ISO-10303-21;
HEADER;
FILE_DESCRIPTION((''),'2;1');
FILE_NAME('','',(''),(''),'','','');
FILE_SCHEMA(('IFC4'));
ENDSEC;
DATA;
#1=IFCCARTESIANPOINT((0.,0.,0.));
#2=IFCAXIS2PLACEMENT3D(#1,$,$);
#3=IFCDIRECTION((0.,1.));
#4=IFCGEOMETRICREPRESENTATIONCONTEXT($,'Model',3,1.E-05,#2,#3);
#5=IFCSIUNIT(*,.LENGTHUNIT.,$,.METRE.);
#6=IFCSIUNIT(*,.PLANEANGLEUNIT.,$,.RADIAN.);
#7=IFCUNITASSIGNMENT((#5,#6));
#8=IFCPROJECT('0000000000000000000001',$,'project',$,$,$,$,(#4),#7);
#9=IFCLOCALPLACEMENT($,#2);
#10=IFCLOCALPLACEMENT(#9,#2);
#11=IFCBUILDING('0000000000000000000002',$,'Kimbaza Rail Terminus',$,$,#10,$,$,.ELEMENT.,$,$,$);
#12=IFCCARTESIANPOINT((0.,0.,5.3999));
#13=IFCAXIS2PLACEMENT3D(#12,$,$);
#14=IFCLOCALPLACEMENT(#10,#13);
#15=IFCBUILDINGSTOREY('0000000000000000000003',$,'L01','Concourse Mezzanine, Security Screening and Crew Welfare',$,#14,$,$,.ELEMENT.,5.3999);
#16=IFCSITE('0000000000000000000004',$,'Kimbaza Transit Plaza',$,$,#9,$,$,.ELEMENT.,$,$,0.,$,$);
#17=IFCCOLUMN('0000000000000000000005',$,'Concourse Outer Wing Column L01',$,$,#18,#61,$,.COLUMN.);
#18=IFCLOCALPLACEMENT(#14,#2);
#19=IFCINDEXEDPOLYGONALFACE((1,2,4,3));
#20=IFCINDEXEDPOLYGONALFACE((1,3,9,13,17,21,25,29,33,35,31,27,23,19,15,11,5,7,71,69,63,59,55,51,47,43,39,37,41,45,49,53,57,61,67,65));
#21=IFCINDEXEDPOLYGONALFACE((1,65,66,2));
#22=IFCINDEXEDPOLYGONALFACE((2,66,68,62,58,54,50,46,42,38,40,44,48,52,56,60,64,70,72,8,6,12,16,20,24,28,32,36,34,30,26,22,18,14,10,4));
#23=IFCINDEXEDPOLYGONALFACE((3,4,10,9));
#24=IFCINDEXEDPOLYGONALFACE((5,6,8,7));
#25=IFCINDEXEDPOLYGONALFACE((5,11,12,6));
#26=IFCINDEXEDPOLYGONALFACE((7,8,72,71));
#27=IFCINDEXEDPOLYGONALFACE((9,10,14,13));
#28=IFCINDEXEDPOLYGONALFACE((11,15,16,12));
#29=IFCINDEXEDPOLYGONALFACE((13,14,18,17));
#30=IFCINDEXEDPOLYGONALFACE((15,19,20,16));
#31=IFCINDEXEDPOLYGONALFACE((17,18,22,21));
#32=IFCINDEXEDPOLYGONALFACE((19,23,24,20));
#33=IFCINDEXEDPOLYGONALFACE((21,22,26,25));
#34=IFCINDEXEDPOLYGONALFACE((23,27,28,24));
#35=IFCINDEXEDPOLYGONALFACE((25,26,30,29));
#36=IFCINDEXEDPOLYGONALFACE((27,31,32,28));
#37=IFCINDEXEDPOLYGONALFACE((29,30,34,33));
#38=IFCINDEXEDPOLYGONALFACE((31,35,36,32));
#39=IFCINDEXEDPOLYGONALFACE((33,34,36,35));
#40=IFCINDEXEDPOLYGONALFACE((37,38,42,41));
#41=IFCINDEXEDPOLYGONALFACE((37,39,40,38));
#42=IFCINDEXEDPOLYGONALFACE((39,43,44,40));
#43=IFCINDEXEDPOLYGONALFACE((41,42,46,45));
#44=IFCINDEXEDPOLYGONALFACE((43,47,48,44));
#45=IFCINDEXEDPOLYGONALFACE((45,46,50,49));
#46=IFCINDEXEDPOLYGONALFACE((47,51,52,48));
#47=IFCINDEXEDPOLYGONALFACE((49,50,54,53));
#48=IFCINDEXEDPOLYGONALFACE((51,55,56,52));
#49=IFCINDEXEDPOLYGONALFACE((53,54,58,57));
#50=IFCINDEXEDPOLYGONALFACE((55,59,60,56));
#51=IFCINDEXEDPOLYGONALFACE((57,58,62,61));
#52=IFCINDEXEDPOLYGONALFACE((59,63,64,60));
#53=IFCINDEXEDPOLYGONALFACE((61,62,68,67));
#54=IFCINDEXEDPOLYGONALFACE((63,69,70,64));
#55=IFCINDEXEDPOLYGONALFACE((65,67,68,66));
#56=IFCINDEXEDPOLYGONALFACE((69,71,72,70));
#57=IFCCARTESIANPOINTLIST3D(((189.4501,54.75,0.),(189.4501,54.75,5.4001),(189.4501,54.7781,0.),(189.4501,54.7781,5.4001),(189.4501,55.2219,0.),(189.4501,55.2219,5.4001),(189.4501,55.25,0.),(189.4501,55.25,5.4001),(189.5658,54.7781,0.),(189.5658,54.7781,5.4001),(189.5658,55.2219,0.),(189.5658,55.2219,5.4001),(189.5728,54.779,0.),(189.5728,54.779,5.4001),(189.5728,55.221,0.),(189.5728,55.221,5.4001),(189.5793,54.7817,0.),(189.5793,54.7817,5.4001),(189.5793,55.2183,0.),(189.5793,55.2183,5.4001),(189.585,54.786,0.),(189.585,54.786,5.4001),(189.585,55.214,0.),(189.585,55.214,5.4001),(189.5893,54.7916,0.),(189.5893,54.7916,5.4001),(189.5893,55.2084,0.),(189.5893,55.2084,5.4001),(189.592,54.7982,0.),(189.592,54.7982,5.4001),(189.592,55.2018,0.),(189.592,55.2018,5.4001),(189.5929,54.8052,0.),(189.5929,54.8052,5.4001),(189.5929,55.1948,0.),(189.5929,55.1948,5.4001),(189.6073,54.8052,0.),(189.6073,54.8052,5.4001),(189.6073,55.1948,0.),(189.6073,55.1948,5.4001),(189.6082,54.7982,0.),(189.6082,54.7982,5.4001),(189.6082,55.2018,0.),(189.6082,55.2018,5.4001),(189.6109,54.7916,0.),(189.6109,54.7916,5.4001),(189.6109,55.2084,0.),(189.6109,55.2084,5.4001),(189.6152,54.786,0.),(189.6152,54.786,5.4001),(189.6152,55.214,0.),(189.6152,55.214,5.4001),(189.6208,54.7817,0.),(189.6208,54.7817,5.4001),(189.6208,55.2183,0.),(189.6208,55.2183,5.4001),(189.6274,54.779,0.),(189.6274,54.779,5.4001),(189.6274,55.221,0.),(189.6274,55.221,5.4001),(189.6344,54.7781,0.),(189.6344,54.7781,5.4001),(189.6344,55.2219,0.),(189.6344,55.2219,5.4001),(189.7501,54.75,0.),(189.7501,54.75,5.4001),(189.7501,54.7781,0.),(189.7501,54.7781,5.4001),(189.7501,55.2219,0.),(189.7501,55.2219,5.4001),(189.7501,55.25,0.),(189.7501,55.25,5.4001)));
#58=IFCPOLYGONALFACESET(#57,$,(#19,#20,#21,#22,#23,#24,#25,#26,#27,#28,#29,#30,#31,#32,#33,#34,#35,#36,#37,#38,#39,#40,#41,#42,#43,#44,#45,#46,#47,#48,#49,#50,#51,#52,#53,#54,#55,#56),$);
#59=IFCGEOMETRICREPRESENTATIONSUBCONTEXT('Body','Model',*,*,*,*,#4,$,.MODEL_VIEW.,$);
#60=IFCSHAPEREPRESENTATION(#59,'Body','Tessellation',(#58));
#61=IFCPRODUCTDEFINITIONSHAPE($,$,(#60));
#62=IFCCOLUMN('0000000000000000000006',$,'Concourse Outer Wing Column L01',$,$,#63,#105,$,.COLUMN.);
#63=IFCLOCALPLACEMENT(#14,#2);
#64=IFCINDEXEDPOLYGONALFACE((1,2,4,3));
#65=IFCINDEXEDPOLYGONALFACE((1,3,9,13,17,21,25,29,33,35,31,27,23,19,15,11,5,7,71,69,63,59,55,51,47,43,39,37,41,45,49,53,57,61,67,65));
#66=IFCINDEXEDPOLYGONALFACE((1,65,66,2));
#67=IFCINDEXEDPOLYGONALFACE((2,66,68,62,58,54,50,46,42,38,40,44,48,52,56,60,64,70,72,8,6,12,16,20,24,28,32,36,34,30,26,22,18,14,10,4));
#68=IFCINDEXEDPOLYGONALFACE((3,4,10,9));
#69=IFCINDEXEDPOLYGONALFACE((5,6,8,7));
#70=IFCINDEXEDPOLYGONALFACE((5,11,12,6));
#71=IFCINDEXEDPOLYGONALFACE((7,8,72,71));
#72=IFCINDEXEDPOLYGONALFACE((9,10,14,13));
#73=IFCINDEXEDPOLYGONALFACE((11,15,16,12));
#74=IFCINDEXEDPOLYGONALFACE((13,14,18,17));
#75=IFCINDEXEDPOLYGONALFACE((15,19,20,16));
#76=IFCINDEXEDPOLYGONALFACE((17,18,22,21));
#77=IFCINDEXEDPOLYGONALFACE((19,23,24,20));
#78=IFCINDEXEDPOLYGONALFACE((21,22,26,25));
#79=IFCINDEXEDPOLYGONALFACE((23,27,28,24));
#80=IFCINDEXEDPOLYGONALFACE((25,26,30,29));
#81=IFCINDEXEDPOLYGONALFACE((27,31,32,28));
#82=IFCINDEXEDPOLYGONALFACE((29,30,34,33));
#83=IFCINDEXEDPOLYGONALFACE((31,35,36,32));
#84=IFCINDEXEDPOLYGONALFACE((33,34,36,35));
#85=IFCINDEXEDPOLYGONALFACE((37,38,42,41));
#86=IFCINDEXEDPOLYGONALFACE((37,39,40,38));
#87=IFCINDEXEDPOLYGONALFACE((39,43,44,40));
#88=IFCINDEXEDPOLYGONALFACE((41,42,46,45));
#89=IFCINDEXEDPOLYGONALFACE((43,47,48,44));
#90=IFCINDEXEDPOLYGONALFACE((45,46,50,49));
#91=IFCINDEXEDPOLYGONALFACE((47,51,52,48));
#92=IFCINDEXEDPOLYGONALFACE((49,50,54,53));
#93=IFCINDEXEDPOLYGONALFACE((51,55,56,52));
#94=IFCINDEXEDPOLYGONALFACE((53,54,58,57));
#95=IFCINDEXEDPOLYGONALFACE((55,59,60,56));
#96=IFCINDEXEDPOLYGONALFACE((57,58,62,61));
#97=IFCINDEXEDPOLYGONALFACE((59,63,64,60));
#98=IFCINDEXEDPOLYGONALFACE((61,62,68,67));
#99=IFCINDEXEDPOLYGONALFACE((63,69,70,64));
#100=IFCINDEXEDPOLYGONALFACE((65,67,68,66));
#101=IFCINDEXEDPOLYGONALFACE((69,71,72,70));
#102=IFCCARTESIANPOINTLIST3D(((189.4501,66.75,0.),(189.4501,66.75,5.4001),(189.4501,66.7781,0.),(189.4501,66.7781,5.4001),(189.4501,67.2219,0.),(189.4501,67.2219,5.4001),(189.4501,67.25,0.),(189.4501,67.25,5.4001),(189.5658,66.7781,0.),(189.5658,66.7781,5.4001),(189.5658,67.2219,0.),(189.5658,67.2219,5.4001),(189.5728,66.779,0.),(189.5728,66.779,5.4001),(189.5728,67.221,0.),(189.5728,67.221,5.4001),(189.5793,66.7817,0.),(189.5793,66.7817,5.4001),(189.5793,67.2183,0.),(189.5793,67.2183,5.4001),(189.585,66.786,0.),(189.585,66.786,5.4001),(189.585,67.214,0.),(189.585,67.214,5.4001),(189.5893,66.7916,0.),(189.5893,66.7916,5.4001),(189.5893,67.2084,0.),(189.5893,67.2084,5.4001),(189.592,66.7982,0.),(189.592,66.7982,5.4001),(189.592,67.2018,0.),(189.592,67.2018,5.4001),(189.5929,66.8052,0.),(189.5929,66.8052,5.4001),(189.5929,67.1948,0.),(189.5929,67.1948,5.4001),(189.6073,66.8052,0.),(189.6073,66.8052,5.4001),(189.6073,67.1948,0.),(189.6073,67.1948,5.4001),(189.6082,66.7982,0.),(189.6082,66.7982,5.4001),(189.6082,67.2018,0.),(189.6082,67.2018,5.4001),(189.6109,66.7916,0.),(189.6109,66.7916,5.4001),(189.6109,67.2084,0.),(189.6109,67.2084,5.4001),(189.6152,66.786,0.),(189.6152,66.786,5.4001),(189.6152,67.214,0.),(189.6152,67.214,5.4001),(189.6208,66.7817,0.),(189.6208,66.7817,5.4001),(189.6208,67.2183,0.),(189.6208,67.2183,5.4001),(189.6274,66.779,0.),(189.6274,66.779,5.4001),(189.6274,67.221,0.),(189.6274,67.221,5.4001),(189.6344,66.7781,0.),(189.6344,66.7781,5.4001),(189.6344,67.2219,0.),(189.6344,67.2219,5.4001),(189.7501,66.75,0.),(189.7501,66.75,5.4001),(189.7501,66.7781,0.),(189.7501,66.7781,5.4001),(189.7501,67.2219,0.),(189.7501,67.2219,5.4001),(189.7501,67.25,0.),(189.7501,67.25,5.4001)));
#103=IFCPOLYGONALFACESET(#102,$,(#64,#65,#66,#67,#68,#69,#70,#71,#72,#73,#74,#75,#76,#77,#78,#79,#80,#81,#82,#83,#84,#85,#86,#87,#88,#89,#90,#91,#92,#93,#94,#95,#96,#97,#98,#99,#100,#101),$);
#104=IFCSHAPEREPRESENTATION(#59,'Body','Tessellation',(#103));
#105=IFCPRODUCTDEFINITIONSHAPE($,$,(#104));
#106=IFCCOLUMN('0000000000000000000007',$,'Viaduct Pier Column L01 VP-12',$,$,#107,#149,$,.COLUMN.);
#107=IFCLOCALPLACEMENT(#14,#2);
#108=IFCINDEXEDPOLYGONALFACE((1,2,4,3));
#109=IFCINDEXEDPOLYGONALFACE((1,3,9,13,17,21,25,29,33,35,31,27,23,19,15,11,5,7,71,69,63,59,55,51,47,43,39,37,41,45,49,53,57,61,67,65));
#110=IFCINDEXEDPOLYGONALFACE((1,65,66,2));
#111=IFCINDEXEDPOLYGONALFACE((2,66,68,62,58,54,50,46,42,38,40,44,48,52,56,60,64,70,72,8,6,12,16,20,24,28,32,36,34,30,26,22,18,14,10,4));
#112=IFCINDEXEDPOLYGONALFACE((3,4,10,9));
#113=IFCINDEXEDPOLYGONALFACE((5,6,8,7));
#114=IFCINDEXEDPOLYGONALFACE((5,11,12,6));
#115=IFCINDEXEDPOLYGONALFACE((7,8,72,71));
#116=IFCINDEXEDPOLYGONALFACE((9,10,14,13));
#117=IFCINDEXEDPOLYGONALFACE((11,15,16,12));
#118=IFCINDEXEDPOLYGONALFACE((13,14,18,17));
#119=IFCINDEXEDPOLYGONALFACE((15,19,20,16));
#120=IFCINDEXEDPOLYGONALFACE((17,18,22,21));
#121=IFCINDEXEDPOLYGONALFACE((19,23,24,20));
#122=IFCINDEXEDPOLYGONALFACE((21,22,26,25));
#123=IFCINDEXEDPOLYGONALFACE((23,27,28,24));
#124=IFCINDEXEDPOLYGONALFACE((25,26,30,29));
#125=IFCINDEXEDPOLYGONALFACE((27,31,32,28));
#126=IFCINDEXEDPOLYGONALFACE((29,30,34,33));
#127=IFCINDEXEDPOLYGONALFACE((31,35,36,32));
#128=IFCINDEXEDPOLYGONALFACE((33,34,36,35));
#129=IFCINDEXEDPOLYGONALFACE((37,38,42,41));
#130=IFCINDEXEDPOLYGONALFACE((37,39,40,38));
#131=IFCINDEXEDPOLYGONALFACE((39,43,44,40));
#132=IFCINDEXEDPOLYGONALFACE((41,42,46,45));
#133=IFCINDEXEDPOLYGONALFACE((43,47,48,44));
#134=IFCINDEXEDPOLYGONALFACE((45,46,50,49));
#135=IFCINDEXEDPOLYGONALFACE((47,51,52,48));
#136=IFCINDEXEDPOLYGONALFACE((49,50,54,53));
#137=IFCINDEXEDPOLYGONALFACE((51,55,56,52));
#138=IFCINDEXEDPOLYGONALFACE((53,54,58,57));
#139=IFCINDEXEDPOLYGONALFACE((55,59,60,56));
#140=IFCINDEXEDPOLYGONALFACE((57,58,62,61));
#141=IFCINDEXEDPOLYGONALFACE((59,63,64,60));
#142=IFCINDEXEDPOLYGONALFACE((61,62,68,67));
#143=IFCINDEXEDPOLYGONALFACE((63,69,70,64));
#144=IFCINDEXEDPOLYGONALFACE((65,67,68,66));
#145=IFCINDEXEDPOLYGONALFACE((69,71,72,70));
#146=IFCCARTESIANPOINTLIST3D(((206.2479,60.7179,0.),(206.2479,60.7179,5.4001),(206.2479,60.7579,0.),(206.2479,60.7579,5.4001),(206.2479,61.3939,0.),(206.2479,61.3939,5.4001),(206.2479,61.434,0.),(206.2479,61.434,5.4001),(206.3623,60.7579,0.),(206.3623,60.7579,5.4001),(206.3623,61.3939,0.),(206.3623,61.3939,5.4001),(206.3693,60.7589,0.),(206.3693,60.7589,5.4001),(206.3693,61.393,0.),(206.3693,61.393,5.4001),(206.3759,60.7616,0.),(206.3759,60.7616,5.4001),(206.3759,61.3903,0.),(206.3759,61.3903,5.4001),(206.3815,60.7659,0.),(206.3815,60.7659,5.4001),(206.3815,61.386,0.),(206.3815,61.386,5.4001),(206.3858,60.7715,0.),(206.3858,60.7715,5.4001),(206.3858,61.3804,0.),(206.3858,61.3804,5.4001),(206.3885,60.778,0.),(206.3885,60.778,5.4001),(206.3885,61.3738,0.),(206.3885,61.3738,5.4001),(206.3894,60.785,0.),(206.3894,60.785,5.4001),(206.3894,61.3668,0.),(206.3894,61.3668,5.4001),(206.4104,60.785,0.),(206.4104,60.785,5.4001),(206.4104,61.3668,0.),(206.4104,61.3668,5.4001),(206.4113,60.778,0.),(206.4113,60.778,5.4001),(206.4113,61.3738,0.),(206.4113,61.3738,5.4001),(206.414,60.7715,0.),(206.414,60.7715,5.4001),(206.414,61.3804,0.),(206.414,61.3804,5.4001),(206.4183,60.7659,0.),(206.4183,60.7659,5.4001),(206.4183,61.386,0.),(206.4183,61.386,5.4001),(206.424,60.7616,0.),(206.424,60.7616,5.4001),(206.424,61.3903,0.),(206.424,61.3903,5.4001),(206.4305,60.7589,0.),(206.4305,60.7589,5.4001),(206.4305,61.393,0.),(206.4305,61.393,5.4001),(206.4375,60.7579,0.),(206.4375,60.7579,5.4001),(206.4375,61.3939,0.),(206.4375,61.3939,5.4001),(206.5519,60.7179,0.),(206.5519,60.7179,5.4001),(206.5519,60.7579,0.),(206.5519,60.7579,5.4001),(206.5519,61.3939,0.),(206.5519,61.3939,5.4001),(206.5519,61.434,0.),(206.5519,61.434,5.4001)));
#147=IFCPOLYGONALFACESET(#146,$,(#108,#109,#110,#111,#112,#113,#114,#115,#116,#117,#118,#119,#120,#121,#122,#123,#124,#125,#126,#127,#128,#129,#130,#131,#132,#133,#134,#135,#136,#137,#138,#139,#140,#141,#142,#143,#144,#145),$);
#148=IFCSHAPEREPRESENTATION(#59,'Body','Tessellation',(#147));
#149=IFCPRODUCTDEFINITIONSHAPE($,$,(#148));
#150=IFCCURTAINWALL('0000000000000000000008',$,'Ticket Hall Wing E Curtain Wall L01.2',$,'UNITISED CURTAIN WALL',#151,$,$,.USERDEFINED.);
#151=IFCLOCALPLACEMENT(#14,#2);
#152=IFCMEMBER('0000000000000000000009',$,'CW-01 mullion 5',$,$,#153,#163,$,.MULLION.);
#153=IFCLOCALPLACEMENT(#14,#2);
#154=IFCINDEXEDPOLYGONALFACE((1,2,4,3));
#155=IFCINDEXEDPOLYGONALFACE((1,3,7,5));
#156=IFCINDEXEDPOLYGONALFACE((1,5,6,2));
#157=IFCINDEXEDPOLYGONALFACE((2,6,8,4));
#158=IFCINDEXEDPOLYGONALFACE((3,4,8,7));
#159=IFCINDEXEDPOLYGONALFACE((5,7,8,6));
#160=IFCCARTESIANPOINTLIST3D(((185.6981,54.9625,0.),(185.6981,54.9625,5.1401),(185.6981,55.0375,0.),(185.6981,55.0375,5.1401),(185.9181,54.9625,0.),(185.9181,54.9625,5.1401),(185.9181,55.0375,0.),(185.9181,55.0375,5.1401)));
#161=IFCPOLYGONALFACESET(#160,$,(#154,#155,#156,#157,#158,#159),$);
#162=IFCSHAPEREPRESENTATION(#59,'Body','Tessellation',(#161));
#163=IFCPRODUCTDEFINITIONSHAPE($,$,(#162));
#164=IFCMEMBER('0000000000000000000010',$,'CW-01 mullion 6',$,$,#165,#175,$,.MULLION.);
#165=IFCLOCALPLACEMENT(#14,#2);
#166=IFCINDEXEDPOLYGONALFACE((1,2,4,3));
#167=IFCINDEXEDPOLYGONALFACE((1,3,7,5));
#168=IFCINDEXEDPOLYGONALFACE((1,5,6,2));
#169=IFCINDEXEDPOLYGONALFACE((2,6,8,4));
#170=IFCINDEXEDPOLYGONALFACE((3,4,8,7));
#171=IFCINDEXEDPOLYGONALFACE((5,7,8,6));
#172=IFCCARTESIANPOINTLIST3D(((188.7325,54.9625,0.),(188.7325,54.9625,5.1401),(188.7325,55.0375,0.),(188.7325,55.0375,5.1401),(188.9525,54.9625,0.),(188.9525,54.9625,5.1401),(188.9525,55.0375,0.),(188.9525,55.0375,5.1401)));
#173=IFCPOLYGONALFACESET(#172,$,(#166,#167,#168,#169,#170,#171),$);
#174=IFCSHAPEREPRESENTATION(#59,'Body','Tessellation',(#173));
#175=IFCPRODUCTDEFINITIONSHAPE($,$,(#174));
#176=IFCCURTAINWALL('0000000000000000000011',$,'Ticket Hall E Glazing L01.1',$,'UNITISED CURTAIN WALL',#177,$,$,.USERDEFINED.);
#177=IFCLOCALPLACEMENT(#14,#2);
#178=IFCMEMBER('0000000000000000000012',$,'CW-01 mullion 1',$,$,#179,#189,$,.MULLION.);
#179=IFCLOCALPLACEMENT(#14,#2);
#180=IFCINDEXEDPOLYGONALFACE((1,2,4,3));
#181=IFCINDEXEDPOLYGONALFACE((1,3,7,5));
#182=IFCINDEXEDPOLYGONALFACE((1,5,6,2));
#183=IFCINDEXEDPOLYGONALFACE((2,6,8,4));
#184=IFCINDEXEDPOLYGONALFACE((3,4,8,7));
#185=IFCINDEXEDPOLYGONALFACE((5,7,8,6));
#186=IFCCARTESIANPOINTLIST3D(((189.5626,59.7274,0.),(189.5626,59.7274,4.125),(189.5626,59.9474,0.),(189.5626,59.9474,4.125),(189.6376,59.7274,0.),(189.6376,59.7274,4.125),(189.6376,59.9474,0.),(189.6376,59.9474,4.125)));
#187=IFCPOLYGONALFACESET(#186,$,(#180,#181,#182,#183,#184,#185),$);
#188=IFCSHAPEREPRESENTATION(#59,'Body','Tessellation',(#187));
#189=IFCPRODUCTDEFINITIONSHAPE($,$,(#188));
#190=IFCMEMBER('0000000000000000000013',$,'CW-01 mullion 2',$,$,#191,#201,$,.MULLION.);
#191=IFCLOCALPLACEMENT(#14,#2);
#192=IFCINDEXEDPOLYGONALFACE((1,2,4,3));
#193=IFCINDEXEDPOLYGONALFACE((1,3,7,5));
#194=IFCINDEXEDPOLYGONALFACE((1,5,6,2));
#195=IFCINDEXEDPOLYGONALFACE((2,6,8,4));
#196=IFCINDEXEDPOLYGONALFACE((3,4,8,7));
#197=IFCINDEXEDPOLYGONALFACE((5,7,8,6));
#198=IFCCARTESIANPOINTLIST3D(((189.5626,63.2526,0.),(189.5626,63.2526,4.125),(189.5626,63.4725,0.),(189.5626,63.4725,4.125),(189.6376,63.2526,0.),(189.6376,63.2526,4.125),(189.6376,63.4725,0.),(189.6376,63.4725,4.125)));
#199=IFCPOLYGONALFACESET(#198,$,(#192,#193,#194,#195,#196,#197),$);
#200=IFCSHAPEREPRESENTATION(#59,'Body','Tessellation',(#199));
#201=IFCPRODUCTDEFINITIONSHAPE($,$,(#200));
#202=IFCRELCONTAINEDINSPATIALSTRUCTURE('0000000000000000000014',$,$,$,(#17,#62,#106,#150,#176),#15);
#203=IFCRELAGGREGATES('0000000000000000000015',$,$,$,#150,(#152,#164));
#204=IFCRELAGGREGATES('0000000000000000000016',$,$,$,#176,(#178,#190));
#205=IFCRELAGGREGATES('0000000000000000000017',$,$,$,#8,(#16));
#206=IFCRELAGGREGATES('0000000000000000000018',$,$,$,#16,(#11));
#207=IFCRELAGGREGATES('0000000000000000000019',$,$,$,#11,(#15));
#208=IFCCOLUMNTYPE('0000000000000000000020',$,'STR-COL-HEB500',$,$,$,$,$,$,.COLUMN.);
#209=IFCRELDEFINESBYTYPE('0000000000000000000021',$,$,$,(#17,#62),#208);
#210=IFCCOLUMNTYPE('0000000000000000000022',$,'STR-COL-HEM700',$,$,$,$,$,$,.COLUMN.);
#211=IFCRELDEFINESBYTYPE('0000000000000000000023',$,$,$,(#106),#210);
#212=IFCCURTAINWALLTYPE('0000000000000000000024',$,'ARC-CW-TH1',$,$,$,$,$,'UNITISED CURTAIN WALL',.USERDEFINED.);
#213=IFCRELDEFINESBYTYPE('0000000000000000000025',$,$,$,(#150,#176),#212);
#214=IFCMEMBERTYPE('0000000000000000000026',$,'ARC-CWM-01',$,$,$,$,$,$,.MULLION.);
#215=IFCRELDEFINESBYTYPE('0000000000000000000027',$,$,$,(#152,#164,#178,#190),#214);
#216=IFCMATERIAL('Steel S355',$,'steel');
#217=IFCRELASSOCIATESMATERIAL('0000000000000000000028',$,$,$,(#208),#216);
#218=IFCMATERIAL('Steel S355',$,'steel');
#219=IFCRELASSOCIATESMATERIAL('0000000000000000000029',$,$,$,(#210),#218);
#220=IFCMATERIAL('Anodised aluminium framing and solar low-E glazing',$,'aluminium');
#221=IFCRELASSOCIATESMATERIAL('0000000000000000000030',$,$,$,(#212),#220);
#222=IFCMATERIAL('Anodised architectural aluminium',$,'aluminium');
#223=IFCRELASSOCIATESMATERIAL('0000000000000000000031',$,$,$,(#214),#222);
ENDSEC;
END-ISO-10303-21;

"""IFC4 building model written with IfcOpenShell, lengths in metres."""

from ifc_helpers import new_model, si_unit, direction, frame, origin, origin_2d, place, context, subcontext, project, spatial, rectangle, i_section, extrude, material, material_profile, profile_set, type_object, element, aggregate, save


model = new_model("IFC4")

# Units and contexts
model_context = context("Model", 3, precision=1e-05, world=origin(), true_north=direction((0.0, 1.0)))
body_context = subcontext(model_context, "Body", "Model", "MODEL_VIEW")
ifc_project = project(units=[si_unit("LENGTHUNIT", "METRE"), si_unit("PLANEANGLEUNIT", "RADIAN")], contexts=[model_context])

# Site, building, storey
site_placement = place(None, origin())
site = spatial("IfcSite", under=ifc_project, at=site_placement, Name="Kimbaza Transit Plaza", CompositionType="ELEMENT", RefElevation=0.0)
building_placement = place(site_placement, origin())
building = spatial("IfcBuilding", under=site, at=building_placement, Name="Kimbaza Rail Terminus", CompositionType="ELEMENT")
storey_placement = place(building_placement, frame((0.0, 0.0, 5.3999)))
storey = spatial("IfcBuildingStorey", under=building, at=storey_placement, Name="L01", Description="Concourse Mezzanine, Security Screening and Crew Welfare", CompositionType="ELEMENT", Elevation=5.3999)

# Columns
ifc_material_1 = material(Name="Steel S355", Category="steel")
ifc_material_profile_1 = material_profile(ifc_material_1, i_section(OverallWidth=0.3, OverallDepth=0.5, WebThickness=0.0144, FlangeThickness=0.0281, FilletRadius=0.0271, at=origin_2d()), Name="HEB 500")
ifc_profile_set_1 = profile_set([ifc_material_profile_1], Name="Steel S355")
column_type_1 = type_object("IfcColumnType", Name="STR-COL-HEB500", PredefinedType="COLUMN", material=ifc_profile_set_1)
for number, where, z_axis, x_axis, name in (
    (1, (189.6001, 55.0, 0.0), (0.0, 0.0, 1.0), (1.0, 0.0, 0.0), "Concourse Outer Wing Column L01"),
    (2, (189.6001, 67.0, 0.0), (0.0, 0.0, 1.0), (1.0, 0.0, 0.0), "Concourse Outer Wing Column L01"),
):
    element("IfcColumn", number, at=place(storey_placement, frame(where, z_axis=z_axis, x_axis=x_axis)), inside=storey, type_object=column_type_1, Name=name, PredefinedType="COLUMN", context=body_context, shape_type="SweptSolid", body=[
        extrude(i_section(OverallWidth=0.3, OverallDepth=0.5, WebThickness=0.0144, FlangeThickness=0.0281, FilletRadius=0.0271, at=origin_2d()), origin(), (0.0, 0.0, 1.0), 5.4001),
    ])
ifc_material_2 = material(Name="Steel S355", Category="steel")
ifc_material_profile_2 = material_profile(ifc_material_2, i_section(OverallWidth=0.304, OverallDepth=0.7161, WebThickness=0.021, FlangeThickness=0.04, FilletRadius=0.0271, at=origin_2d()), Name="HEM 700")
ifc_profile_set_2 = profile_set([ifc_material_profile_2], Name="Steel S355")
column_type_2 = type_object("IfcColumnType", Name="STR-COL-HEM700", PredefinedType="COLUMN", material=ifc_profile_set_2)
column_placement = place(storey_placement, frame((206.3999, 61.0759, 0.0), z_axis=(0.0, 0.0, 1.0), x_axis=(1.0, 0.0, 0.0)))
element("IfcColumn", 3, at=column_placement, inside=storey, type_object=column_type_2, Name="Viaduct Pier Column L01 VP-12", PredefinedType="COLUMN", context=body_context, shape_type="SweptSolid", body=[
    extrude(i_section(OverallWidth=0.304, OverallDepth=0.7161, WebThickness=0.021, FlangeThickness=0.04, FilletRadius=0.0271, at=origin_2d()), origin(), (0.0, 0.0, 1.0), 5.4001),
])

# Curtain walls, members
ifc_material_3 = material(Name="Anodised aluminium framing and solar low-E glazing", Category="aluminium")
curtain_wall_type = type_object("IfcCurtainWallType", Name="ARC-CW-TH1", ElementType="UNITISED CURTAIN WALL", PredefinedType="USERDEFINED", material=ifc_material_3)
curtain_wall_1_placement = place(storey_placement, origin())
curtain_wall_1 = element("IfcCurtainWall", 4, at=curtain_wall_1_placement, inside=storey, type_object=curtain_wall_type, Name="Ticket Hall Wing E Curtain Wall L01.2", ObjectType="UNITISED CURTAIN WALL", PredefinedType="USERDEFINED")
ifc_material_4 = material(Name="Anodised architectural aluminium", Category="aluminium")
ifc_material_profile_3 = material_profile(ifc_material_4, rectangle(XDim=0.075, YDim=0.22, at=origin_2d()), Name="MULLION 75x220")
ifc_profile_set_3 = profile_set([ifc_material_profile_3], Name="Anodised architectural aluminium")
member_type_1 = type_object("IfcMemberType", Name="ARC-CWM-01", PredefinedType="MULLION", material=ifc_profile_set_3)
member_1_placement = place(storey_placement, frame((185.8081, 55.0, 0.0), z_axis=(0.0, 0.0, 1.0), x_axis=(0.0, 1.0, 0.0)))
member_1 = element("IfcMember", 5, at=member_1_placement, type_object=member_type_1, Name="CW-01 mullion 5", PredefinedType="MULLION", context=body_context, shape_type="SweptSolid", body=[
    extrude(rectangle(XDim=0.075, YDim=0.22, at=origin_2d()), origin(), (0.0, 0.0, 1.0), 5.1401),
])
member_2_placement = place(storey_placement, frame((188.8425, 55.0, 0.0), z_axis=(0.0, 0.0, 1.0), x_axis=(0.0, 1.0, 0.0)))
member_2 = element("IfcMember", 6, at=member_2_placement, type_object=member_type_1, Name="CW-01 mullion 6", PredefinedType="MULLION", context=body_context, shape_type="SweptSolid", body=[
    extrude(rectangle(XDim=0.075, YDim=0.22, at=origin_2d()), origin(), (0.0, 0.0, 1.0), 5.1401),
])
curtain_wall_2_placement = place(storey_placement, origin())
curtain_wall_2 = element("IfcCurtainWall", 7, at=curtain_wall_2_placement, inside=storey, type_object=curtain_wall_type, Name="Ticket Hall E Glazing L01.1", ObjectType="UNITISED CURTAIN WALL", PredefinedType="USERDEFINED")
member_3_placement = place(storey_placement, frame((189.6001, 59.8374, 0.0), z_axis=(0.0, 0.0, 1.0), x_axis=(-1.0, 0.0, 0.0)))
member_3 = element("IfcMember", 8, at=member_3_placement, type_object=member_type_1, Name="CW-01 mullion 1", PredefinedType="MULLION", context=body_context, shape_type="SweptSolid", body=[
    extrude(rectangle(XDim=0.075, YDim=0.22, at=origin_2d()), origin(), (0.0, 0.0, 1.0), 4.125),
])
member_4_placement = place(storey_placement, frame((189.6001, 63.3625, 0.0), z_axis=(0.0, 0.0, 1.0), x_axis=(-1.0, 0.0, 0.0)))
member_4 = element("IfcMember", 9, at=member_4_placement, type_object=member_type_1, Name="CW-01 mullion 2", PredefinedType="MULLION", context=body_context, shape_type="SweptSolid", body=[
    extrude(rectangle(XDim=0.075, YDim=0.22, at=origin_2d()), origin(), (0.0, 0.0, 1.0), 4.125),
])

aggregate(curtain_wall_1, [member_1, member_2])
aggregate(curtain_wall_2, [member_3, member_4])

save(model, "model.ifc")
